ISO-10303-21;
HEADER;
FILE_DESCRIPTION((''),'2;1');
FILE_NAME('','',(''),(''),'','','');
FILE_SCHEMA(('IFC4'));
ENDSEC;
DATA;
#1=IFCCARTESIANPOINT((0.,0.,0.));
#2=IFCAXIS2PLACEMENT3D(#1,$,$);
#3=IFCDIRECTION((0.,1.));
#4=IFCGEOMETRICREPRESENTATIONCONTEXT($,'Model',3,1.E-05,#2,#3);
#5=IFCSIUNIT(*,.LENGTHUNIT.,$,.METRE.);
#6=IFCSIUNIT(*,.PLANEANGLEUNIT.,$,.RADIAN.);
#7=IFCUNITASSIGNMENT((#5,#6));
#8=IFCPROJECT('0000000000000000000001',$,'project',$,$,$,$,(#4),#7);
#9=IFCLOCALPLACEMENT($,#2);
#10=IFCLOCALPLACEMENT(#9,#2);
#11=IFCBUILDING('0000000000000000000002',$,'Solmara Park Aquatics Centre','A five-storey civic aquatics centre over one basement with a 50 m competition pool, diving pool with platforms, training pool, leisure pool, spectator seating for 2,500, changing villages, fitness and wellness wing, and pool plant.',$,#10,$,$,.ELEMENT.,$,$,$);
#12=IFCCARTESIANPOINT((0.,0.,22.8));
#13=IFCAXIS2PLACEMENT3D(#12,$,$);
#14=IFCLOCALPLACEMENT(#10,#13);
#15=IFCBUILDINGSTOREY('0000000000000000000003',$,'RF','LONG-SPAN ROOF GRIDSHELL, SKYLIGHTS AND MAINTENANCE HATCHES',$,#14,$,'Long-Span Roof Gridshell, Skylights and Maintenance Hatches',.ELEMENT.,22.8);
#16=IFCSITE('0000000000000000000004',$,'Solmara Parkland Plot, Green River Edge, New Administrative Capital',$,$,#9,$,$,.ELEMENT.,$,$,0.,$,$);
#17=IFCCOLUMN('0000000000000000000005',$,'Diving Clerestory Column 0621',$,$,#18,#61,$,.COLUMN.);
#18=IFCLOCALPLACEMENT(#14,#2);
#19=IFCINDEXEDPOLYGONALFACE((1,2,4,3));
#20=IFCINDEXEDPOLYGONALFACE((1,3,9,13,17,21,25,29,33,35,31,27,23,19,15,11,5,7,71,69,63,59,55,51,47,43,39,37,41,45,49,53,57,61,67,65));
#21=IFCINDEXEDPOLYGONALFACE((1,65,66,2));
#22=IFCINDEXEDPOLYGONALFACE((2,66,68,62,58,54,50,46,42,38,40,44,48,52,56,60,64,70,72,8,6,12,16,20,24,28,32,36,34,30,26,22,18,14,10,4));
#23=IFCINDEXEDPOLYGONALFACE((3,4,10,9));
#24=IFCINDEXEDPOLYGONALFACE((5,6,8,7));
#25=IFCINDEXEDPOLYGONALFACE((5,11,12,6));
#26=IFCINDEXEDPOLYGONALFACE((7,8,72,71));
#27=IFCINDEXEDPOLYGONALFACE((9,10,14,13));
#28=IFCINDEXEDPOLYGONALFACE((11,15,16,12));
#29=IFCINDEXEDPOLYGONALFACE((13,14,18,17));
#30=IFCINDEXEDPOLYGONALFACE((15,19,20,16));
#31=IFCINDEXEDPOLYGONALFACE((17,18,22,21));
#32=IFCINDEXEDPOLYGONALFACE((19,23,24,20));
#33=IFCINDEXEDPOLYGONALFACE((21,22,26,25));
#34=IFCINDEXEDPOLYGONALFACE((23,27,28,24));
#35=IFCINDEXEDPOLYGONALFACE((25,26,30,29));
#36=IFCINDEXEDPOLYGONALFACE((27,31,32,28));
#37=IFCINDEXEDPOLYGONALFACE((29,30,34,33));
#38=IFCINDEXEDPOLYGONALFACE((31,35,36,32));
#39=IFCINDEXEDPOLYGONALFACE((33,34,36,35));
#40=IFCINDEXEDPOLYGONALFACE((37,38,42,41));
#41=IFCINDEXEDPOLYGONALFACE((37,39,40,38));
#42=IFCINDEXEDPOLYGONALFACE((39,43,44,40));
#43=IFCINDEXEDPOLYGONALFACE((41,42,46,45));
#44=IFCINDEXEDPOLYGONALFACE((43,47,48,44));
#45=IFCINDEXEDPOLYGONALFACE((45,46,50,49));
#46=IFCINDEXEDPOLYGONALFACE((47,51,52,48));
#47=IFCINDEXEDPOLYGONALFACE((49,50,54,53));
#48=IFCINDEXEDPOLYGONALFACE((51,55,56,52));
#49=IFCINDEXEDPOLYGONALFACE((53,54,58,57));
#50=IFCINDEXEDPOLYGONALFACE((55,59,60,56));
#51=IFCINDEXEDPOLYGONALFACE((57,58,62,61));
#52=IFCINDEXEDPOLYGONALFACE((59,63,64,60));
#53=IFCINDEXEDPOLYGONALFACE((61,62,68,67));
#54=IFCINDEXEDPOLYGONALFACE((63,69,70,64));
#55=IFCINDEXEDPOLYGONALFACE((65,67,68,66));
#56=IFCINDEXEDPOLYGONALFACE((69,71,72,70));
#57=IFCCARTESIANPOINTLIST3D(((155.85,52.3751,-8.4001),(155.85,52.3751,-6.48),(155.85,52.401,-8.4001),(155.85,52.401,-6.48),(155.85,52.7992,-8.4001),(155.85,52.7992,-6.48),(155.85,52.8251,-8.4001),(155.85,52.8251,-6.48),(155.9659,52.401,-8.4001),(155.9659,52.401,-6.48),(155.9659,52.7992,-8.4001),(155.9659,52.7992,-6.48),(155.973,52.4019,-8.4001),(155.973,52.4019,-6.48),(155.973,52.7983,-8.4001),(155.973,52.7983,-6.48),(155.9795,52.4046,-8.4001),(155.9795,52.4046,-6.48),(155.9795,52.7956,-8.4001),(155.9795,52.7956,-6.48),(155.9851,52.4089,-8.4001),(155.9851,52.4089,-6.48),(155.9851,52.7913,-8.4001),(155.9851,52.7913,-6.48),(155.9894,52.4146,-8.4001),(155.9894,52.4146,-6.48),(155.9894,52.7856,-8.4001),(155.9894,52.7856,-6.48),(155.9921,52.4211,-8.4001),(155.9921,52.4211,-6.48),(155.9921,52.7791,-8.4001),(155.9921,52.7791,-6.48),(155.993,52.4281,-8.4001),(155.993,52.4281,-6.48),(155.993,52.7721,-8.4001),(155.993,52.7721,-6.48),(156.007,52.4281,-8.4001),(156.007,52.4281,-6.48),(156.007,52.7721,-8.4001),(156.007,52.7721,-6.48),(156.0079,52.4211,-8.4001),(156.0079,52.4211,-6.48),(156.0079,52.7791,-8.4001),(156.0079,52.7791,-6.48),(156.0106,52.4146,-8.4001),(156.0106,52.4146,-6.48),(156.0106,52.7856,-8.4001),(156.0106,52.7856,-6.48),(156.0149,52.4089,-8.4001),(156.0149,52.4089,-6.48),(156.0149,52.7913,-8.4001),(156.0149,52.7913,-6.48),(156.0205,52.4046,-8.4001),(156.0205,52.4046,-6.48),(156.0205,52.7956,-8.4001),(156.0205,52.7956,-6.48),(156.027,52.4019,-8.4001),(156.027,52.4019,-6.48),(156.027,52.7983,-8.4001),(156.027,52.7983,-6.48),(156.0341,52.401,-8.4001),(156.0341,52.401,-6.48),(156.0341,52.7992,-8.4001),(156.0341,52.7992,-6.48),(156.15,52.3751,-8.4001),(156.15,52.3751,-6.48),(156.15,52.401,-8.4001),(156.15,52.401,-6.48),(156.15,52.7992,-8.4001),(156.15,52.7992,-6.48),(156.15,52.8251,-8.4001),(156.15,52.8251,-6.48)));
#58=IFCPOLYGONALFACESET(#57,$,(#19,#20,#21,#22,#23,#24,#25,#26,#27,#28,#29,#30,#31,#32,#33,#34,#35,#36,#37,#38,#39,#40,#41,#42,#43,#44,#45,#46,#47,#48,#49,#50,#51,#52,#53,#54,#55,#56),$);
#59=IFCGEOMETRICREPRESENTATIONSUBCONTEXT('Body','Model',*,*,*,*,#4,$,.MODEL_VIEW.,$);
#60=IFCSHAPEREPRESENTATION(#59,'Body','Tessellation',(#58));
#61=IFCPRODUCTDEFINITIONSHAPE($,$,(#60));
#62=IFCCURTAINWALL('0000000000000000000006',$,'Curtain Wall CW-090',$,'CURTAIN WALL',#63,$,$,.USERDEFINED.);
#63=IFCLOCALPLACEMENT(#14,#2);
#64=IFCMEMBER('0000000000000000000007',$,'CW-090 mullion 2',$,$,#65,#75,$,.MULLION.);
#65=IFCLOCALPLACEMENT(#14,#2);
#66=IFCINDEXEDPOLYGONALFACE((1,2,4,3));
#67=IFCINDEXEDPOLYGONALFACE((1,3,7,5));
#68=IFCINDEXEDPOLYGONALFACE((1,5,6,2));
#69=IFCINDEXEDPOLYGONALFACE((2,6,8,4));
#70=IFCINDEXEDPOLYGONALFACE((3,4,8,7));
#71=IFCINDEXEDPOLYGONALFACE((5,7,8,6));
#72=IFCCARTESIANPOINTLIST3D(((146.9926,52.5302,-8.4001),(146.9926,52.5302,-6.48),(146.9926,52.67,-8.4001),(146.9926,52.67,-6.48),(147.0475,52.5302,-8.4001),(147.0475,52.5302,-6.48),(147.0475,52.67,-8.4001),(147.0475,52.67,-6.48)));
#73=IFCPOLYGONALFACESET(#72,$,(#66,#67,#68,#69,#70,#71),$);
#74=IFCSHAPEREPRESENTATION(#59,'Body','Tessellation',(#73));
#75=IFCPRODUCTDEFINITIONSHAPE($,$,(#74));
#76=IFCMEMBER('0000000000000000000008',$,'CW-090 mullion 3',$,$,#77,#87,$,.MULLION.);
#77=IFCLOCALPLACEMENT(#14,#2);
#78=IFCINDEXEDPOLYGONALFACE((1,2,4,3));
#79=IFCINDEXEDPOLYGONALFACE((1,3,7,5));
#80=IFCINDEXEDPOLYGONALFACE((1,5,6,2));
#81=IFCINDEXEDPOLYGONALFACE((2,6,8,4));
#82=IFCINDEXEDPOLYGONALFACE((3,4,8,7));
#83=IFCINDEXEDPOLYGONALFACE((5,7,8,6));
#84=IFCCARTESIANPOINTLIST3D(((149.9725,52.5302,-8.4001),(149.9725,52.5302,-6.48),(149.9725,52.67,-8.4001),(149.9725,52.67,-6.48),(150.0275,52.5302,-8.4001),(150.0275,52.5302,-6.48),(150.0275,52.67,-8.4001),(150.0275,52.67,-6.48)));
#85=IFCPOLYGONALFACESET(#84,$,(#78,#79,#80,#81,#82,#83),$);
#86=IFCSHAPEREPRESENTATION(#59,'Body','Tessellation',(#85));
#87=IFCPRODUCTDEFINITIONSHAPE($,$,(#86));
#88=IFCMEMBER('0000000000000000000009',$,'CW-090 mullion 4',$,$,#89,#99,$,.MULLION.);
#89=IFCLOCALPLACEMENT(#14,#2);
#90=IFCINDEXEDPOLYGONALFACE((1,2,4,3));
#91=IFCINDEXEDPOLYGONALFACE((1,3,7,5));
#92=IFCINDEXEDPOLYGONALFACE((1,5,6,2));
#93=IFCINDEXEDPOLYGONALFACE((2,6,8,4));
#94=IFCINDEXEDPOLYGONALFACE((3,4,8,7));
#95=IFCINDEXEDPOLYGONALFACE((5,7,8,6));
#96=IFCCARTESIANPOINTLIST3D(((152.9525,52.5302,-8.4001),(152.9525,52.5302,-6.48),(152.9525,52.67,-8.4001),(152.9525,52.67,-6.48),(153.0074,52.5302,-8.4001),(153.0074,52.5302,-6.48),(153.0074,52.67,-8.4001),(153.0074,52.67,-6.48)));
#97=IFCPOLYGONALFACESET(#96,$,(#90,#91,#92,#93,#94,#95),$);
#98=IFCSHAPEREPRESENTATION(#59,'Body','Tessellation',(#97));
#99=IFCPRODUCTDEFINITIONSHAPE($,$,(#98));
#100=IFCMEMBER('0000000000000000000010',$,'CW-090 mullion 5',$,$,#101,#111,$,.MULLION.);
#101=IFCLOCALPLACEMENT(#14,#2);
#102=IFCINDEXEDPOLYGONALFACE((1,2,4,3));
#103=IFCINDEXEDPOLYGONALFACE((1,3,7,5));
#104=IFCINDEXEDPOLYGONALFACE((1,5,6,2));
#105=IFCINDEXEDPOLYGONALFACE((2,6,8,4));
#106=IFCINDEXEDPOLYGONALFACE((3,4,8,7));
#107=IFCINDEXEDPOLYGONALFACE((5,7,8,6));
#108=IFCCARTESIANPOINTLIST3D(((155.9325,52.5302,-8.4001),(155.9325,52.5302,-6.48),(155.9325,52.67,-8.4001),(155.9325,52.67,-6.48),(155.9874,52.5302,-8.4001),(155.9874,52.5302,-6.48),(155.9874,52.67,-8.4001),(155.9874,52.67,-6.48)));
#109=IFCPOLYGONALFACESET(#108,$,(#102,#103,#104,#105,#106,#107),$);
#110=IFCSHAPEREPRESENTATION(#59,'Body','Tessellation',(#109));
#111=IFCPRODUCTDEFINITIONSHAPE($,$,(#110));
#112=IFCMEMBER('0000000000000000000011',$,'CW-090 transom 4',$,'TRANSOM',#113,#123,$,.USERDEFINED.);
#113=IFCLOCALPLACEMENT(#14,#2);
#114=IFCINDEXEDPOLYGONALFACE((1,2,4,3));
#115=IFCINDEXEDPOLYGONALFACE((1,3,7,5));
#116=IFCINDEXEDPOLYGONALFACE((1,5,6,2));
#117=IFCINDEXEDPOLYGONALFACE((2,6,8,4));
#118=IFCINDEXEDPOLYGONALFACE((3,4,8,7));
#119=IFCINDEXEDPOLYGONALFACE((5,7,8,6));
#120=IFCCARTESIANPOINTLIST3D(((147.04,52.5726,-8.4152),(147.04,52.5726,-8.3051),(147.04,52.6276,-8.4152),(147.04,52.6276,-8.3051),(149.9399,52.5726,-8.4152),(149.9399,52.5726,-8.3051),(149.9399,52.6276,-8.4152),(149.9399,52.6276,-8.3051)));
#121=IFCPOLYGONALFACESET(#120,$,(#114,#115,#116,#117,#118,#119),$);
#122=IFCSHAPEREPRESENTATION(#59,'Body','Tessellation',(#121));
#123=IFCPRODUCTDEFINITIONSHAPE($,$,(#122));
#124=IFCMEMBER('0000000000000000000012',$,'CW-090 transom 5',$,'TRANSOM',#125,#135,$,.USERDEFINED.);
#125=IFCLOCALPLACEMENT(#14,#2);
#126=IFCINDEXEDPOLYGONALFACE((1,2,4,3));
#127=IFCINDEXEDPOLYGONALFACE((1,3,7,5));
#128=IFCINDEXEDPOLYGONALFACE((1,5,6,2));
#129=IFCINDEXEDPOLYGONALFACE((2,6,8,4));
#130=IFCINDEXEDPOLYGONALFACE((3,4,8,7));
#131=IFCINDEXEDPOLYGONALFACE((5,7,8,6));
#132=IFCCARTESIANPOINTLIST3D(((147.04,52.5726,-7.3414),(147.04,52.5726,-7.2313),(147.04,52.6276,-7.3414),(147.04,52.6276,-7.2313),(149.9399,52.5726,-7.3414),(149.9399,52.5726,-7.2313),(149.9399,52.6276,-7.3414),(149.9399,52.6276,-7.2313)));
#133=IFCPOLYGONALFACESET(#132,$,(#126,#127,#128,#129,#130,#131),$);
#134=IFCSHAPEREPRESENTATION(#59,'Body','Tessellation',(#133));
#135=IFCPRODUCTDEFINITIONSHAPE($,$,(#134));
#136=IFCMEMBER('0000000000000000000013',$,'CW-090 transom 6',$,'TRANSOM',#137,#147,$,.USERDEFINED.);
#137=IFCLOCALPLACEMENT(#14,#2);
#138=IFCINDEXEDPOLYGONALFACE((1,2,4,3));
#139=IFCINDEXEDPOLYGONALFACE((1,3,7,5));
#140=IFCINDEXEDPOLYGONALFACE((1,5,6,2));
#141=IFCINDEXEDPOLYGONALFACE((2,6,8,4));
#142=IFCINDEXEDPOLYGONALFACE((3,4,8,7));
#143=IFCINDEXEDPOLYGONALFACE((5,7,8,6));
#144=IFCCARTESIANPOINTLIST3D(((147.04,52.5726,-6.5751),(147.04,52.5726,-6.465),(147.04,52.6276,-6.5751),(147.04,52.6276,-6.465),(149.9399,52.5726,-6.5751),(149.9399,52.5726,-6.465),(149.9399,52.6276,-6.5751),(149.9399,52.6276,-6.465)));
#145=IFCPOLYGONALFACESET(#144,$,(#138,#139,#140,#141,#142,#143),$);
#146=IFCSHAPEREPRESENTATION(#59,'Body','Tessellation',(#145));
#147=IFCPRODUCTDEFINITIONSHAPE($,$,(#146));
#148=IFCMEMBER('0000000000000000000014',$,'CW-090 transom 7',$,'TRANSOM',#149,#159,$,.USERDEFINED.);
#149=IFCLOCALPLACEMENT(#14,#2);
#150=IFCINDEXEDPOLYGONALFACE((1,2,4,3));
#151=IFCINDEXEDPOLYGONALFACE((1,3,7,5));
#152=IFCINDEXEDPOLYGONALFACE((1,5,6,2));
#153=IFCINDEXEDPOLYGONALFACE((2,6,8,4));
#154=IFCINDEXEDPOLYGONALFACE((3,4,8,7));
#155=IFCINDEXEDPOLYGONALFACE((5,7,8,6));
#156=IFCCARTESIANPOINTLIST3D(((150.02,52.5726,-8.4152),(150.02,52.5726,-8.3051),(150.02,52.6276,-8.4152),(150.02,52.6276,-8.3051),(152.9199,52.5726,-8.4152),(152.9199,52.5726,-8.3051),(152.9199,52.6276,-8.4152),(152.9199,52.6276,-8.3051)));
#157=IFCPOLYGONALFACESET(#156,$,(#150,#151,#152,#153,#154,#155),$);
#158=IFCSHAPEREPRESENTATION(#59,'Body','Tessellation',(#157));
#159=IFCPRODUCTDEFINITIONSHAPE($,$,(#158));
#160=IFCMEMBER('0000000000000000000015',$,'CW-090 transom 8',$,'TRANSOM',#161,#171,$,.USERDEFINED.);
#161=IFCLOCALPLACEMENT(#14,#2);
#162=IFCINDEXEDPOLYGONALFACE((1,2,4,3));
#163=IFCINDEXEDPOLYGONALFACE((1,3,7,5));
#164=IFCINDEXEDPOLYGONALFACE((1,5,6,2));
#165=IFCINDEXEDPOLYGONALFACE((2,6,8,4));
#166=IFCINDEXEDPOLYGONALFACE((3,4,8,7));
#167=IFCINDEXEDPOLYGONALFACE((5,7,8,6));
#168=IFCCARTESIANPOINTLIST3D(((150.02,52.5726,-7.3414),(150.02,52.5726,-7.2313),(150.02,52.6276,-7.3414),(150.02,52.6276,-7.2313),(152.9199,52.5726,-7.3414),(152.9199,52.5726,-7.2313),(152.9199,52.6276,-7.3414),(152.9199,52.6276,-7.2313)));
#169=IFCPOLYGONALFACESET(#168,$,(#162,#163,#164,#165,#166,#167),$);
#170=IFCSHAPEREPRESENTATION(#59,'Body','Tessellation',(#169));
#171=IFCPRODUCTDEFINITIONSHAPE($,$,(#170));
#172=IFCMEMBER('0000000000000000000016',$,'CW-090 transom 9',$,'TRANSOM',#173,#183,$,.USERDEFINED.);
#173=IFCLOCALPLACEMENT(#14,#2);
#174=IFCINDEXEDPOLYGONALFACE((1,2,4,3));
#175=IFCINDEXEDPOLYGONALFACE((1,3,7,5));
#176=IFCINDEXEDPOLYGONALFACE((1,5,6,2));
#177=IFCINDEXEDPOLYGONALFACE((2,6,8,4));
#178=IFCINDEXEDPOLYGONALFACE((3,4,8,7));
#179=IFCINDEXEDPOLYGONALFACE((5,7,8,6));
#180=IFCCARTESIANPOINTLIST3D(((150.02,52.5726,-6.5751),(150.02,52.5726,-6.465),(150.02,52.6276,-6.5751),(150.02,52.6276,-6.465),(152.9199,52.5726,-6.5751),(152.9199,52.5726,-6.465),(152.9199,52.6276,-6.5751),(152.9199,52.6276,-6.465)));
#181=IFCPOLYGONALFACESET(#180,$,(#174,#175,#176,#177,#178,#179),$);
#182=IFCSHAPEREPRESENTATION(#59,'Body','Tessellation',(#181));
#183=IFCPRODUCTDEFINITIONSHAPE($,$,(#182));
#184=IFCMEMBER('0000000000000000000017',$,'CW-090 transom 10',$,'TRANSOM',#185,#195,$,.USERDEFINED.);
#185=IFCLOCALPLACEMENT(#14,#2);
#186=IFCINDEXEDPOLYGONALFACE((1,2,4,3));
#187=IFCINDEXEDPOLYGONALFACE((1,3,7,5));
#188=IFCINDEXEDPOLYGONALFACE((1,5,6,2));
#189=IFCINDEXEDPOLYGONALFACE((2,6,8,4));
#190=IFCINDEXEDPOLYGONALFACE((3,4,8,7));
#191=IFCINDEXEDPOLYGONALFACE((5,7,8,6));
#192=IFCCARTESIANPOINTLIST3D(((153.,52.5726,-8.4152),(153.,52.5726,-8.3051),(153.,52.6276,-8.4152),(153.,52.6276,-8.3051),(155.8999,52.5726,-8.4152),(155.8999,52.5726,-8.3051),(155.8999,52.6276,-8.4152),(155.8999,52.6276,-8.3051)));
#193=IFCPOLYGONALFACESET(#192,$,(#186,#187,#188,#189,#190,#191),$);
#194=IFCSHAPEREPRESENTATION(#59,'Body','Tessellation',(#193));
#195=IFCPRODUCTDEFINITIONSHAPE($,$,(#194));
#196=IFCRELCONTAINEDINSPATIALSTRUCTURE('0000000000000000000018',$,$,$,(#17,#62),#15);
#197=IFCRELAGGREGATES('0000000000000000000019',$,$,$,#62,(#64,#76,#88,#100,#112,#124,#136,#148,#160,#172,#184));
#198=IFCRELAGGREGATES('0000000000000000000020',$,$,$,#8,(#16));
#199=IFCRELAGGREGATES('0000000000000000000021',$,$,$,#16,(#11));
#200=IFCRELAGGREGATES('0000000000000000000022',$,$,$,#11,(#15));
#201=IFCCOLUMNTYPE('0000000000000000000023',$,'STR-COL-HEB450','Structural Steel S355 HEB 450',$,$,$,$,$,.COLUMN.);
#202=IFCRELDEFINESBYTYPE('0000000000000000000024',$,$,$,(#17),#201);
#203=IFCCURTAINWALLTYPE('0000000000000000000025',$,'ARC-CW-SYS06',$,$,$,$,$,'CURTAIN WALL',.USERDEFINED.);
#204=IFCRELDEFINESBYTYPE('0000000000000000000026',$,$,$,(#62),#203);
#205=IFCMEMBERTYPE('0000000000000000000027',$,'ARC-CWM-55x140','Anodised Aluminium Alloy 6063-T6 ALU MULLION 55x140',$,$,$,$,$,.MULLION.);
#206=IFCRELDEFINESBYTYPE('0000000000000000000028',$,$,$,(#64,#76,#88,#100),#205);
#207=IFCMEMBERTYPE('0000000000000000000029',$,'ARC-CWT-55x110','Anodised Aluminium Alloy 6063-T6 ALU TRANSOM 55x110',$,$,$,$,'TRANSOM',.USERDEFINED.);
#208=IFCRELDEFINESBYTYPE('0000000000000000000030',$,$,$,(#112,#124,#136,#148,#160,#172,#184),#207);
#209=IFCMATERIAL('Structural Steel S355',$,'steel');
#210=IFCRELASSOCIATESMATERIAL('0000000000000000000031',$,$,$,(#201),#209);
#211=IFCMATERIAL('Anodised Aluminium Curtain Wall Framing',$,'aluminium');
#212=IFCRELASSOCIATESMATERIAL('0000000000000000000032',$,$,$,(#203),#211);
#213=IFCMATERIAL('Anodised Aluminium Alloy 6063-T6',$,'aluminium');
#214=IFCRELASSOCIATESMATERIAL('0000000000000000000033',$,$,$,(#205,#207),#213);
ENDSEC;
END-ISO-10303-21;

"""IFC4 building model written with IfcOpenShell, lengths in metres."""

from ifc_helpers import new_model, si_unit, direction, frame, origin, origin_2d, place, context, subcontext, project, spatial, rectangle, i_section, extrude, material, material_profile, profile_set, type_object, element, aggregate, save


model = new_model("IFC4")

# Units and contexts
model_context = context("Model", 3, precision=1e-05, world=origin(), true_north=direction((0.0, 1.0)))
body_context = subcontext(model_context, "Body", "Model", "MODEL_VIEW")
ifc_project = project(units=[si_unit("LENGTHUNIT", "METRE"), si_unit("PLANEANGLEUNIT", "RADIAN")], contexts=[model_context])

# Site, building, storey
site_placement = place(None, origin())
site = spatial("IfcSite", under=ifc_project, at=site_placement, Name="Solmara Parkland Plot, Green River Edge, New Administrative Capital", CompositionType="ELEMENT", RefElevation=0.0)
building_placement = place(site_placement, origin())
building = spatial("IfcBuilding", under=site, at=building_placement, Name="Solmara Park Aquatics Centre", Description="A five-storey civic aquatics centre over one basement with a 50 m competition pool, diving pool with platforms, training pool, leisure pool, spectator seating for 2,500, changing villages, fitness and wellness wing, and pool plant.", CompositionType="ELEMENT")
storey_placement = place(building_placement, frame((0.0, 0.0, 22.8)))
storey = spatial("IfcBuildingStorey", under=building, at=storey_placement, Name="RF", Description="LONG-SPAN ROOF GRIDSHELL, SKYLIGHTS AND MAINTENANCE HATCHES", LongName="Long-Span Roof Gridshell, Skylights and Maintenance Hatches", CompositionType="ELEMENT", Elevation=22.8)

# Column
ifc_material_1 = material(Name="Structural Steel S355", Category="steel")
ifc_material_profile_1 = material_profile(ifc_material_1, i_section(OverallWidth=0.3, OverallDepth=0.45, WebThickness=0.0139, FlangeThickness=0.0259, FilletRadius=0.0271, at=origin_2d()), Name="HEB 450")
ifc_profile_set_1 = profile_set([ifc_material_profile_1], Name="Structural Steel S355")
column_type = type_object("IfcColumnType", Name="STR-COL-HEB450", Description="Structural Steel S355 HEB 450", PredefinedType="COLUMN", material=ifc_profile_set_1)
column_placement = place(storey_placement, frame((156.0, 52.6001, -8.4001), z_axis=(0.0, 0.0, 1.0), x_axis=(1.0, 0.0, 0.0)))
element("IfcColumn", 1, at=column_placement, inside=storey, type_object=column_type, Name="Diving Clerestory Column 0621", PredefinedType="COLUMN", context=body_context, shape_type="SweptSolid", body=[
    extrude(i_section(OverallWidth=0.3, OverallDepth=0.45, WebThickness=0.0139, FlangeThickness=0.0259, FilletRadius=0.0271, at=origin_2d()), origin(), (0.0, 0.0, 1.0), 1.9202),
])

# Curtain wall, members
ifc_material_2 = material(Name="Anodised Aluminium Curtain Wall Framing", Category="aluminium")
curtain_wall_type = type_object("IfcCurtainWallType", Name="ARC-CW-SYS06", ElementType="CURTAIN WALL", PredefinedType="USERDEFINED", material=ifc_material_2)
curtain_wall_placement = place(storey_placement, origin())
curtain_wall = element("IfcCurtainWall", 2, at=curtain_wall_placement, inside=storey, type_object=curtain_wall_type, Name="Curtain Wall CW-090", ObjectType="CURTAIN WALL", PredefinedType="USERDEFINED")
ifc_material_3 = material(Name="Anodised Aluminium Alloy 6063-T6", Category="aluminium")
ifc_material_profile_2 = material_profile(ifc_material_3, rectangle(XDim=0.0549, YDim=0.1399, at=origin_2d()), Name="ALU MULLION 55x140")
ifc_profile_set_2 = profile_set([ifc_material_profile_2], Name="Anodised Aluminium Alloy 6063-T6")
member_type_1 = type_object("IfcMemberType", Name="ARC-CWM-55x140", Description="Anodised Aluminium Alloy 6063-T6 ALU MULLION 55x140", PredefinedType="MULLION", material=ifc_profile_set_2)
member_1_placement = place(storey_placement, frame((147.02, 52.6001, -8.4001), z_axis=(0.0, 0.0, 1.0), x_axis=(1.0, 0.0, 0.0)))
member_1 = element("IfcMember", 3, at=member_1_placement, type_object=member_type_1, Name="CW-090 mullion 2", PredefinedType="MULLION", context=body_context, shape_type="SweptSolid", body=[
    extrude(rectangle(XDim=0.0549, YDim=0.1399, at=origin_2d()), origin(), (0.0, 0.0, 1.0), 1.9202),
])
member_2_placement = place(storey_placement, frame((150.0, 52.6001, -8.4001), z_axis=(0.0, 0.0, 1.0), x_axis=(1.0, 0.0, 0.0)))
member_2 = element("IfcMember", 4, at=member_2_placement, type_object=member_type_1, Name="CW-090 mullion 3", PredefinedType="MULLION", context=body_context, shape_type="SweptSolid", body=[
    extrude(rectangle(XDim=0.0549, YDim=0.1399, at=origin_2d()), origin(), (0.0, 0.0, 1.0), 1.9202),
])
member_3_placement = place(storey_placement, frame((152.98, 52.6001, -8.4001), z_axis=(0.0, 0.0, 1.0), x_axis=(1.0, 0.0, 0.0)))
member_3 = element("IfcMember", 5, at=member_3_placement, type_object=member_type_1, Name="CW-090 mullion 4", PredefinedType="MULLION", context=body_context, shape_type="SweptSolid", body=[
    extrude(rectangle(XDim=0.0549, YDim=0.1399, at=origin_2d()), origin(), (0.0, 0.0, 1.0), 1.9202),
])
member_4_placement = place(storey_placement, frame((155.96, 52.6001, -8.4001), z_axis=(0.0, 0.0, 1.0), x_axis=(1.0, 0.0, 0.0)))
member_4 = element("IfcMember", 6, at=member_4_placement, type_object=member_type_1, Name="CW-090 mullion 5", PredefinedType="MULLION", context=body_context, shape_type="SweptSolid", body=[
    extrude(rectangle(XDim=0.0549, YDim=0.1399, at=origin_2d()), origin(), (0.0, 0.0, 1.0), 1.9202),
])
ifc_material_profile_3 = material_profile(ifc_material_3, rectangle(XDim=0.0549, YDim=0.1101, at=origin_2d()), Name="ALU TRANSOM 55x110")
ifc_profile_set_3 = profile_set([ifc_material_profile_3], Name="Anodised Aluminium Alloy 6063-T6")
member_type_2 = type_object("IfcMemberType", Name="ARC-CWT-55x110", Description="Anodised Aluminium Alloy 6063-T6 ALU TRANSOM 55x110", ElementType="TRANSOM", PredefinedType="USERDEFINED", material=ifc_profile_set_3)
member_5_placement = place(storey_placement, frame((147.04, 52.6001, -8.3601), z_axis=(1.0, 0.0, 0.0), x_axis=(0.0, 1.0, 0.0)))
member_5 = element("IfcMember", 7, at=member_5_placement, type_object=member_type_2, Name="CW-090 transom 4", ObjectType="TRANSOM", PredefinedType="USERDEFINED", context=body_context, shape_type="SweptSolid", body=[
    extrude(rectangle(XDim=0.0549, YDim=0.1101, at=origin_2d()), origin(), (0.0, 0.0, 1.0), 2.8999),
])
member_6_placement = place(storey_placement, frame((147.04, 52.6001, -7.2864), z_axis=(1.0, 0.0, 0.0), x_axis=(0.0, 1.0, 0.0)))
member_6 = element("IfcMember", 8, at=member_6_placement, type_object=member_type_2, Name="CW-090 transom 5", ObjectType="TRANSOM", PredefinedType="USERDEFINED", context=body_context, shape_type="SweptSolid", body=[
    extrude(rectangle(XDim=0.0549, YDim=0.1101, at=origin_2d()), origin(), (0.0, 0.0, 1.0), 2.8999),
])
member_7_placement = place(storey_placement, frame((147.04, 52.6001, -6.52), z_axis=(1.0, 0.0, 0.0), x_axis=(0.0, 1.0, 0.0)))
member_7 = element("IfcMember", 9, at=member_7_placement, type_object=member_type_2, Name="CW-090 transom 6", ObjectType="TRANSOM", PredefinedType="USERDEFINED", context=body_context, shape_type="SweptSolid", body=[
    extrude(rectangle(XDim=0.0549, YDim=0.1101, at=origin_2d()), origin(), (0.0, 0.0, 1.0), 2.8999),
])
member_8_placement = place(storey_placement, frame((150.02, 52.6001, -8.3601), z_axis=(1.0, 0.0, 0.0), x_axis=(0.0, 1.0, 0.0)))
member_8 = element("IfcMember", 10, at=member_8_placement, type_object=member_type_2, Name="CW-090 transom 7", ObjectType="TRANSOM", PredefinedType="USERDEFINED", context=body_context, shape_type="SweptSolid", body=[
    extrude(rectangle(XDim=0.0549, YDim=0.1101, at=origin_2d()), origin(), (0.0, 0.0, 1.0), 2.8999),
])
member_9_placement = place(storey_placement, frame((150.02, 52.6001, -7.2864), z_axis=(1.0, 0.0, 0.0), x_axis=(0.0, 1.0, 0.0)))
member_9 = element("IfcMember", 11, at=member_9_placement, type_object=member_type_2, Name="CW-090 transom 8", ObjectType="TRANSOM", PredefinedType="USERDEFINED", context=body_context, shape_type="SweptSolid", body=[
    extrude(rectangle(XDim=0.0549, YDim=0.1101, at=origin_2d()), origin(), (0.0, 0.0, 1.0), 2.8999),
])
member_10_placement = place(storey_placement, frame((150.02, 52.6001, -6.52), z_axis=(1.0, 0.0, 0.0), x_axis=(0.0, 1.0, 0.0)))
member_10 = element("IfcMember", 12, at=member_10_placement, type_object=member_type_2, Name="CW-090 transom 9", ObjectType="TRANSOM", PredefinedType="USERDEFINED", context=body_context, shape_type="SweptSolid", body=[
    extrude(rectangle(XDim=0.0549, YDim=0.1101, at=origin_2d()), origin(), (0.0, 0.0, 1.0), 2.8999),
])
member_11_placement = place(storey_placement, frame((153.0, 52.6001, -8.3601), z_axis=(1.0, 0.0, 0.0), x_axis=(0.0, 1.0, 0.0)))
member_11 = element("IfcMember", 13, at=member_11_placement, type_object=member_type_2, Name="CW-090 transom 10", ObjectType="TRANSOM", PredefinedType="USERDEFINED", context=body_context, shape_type="SweptSolid", body=[
    extrude(rectangle(XDim=0.0549, YDim=0.1101, at=origin_2d()), origin(), (0.0, 0.0, 1.0), 2.8999),
])
aggregate(curtain_wall, [member_1, member_2, member_3, member_4, member_5, member_6, member_7, member_8, member_9, member_10, member_11])

save(model, "model.ifc")
